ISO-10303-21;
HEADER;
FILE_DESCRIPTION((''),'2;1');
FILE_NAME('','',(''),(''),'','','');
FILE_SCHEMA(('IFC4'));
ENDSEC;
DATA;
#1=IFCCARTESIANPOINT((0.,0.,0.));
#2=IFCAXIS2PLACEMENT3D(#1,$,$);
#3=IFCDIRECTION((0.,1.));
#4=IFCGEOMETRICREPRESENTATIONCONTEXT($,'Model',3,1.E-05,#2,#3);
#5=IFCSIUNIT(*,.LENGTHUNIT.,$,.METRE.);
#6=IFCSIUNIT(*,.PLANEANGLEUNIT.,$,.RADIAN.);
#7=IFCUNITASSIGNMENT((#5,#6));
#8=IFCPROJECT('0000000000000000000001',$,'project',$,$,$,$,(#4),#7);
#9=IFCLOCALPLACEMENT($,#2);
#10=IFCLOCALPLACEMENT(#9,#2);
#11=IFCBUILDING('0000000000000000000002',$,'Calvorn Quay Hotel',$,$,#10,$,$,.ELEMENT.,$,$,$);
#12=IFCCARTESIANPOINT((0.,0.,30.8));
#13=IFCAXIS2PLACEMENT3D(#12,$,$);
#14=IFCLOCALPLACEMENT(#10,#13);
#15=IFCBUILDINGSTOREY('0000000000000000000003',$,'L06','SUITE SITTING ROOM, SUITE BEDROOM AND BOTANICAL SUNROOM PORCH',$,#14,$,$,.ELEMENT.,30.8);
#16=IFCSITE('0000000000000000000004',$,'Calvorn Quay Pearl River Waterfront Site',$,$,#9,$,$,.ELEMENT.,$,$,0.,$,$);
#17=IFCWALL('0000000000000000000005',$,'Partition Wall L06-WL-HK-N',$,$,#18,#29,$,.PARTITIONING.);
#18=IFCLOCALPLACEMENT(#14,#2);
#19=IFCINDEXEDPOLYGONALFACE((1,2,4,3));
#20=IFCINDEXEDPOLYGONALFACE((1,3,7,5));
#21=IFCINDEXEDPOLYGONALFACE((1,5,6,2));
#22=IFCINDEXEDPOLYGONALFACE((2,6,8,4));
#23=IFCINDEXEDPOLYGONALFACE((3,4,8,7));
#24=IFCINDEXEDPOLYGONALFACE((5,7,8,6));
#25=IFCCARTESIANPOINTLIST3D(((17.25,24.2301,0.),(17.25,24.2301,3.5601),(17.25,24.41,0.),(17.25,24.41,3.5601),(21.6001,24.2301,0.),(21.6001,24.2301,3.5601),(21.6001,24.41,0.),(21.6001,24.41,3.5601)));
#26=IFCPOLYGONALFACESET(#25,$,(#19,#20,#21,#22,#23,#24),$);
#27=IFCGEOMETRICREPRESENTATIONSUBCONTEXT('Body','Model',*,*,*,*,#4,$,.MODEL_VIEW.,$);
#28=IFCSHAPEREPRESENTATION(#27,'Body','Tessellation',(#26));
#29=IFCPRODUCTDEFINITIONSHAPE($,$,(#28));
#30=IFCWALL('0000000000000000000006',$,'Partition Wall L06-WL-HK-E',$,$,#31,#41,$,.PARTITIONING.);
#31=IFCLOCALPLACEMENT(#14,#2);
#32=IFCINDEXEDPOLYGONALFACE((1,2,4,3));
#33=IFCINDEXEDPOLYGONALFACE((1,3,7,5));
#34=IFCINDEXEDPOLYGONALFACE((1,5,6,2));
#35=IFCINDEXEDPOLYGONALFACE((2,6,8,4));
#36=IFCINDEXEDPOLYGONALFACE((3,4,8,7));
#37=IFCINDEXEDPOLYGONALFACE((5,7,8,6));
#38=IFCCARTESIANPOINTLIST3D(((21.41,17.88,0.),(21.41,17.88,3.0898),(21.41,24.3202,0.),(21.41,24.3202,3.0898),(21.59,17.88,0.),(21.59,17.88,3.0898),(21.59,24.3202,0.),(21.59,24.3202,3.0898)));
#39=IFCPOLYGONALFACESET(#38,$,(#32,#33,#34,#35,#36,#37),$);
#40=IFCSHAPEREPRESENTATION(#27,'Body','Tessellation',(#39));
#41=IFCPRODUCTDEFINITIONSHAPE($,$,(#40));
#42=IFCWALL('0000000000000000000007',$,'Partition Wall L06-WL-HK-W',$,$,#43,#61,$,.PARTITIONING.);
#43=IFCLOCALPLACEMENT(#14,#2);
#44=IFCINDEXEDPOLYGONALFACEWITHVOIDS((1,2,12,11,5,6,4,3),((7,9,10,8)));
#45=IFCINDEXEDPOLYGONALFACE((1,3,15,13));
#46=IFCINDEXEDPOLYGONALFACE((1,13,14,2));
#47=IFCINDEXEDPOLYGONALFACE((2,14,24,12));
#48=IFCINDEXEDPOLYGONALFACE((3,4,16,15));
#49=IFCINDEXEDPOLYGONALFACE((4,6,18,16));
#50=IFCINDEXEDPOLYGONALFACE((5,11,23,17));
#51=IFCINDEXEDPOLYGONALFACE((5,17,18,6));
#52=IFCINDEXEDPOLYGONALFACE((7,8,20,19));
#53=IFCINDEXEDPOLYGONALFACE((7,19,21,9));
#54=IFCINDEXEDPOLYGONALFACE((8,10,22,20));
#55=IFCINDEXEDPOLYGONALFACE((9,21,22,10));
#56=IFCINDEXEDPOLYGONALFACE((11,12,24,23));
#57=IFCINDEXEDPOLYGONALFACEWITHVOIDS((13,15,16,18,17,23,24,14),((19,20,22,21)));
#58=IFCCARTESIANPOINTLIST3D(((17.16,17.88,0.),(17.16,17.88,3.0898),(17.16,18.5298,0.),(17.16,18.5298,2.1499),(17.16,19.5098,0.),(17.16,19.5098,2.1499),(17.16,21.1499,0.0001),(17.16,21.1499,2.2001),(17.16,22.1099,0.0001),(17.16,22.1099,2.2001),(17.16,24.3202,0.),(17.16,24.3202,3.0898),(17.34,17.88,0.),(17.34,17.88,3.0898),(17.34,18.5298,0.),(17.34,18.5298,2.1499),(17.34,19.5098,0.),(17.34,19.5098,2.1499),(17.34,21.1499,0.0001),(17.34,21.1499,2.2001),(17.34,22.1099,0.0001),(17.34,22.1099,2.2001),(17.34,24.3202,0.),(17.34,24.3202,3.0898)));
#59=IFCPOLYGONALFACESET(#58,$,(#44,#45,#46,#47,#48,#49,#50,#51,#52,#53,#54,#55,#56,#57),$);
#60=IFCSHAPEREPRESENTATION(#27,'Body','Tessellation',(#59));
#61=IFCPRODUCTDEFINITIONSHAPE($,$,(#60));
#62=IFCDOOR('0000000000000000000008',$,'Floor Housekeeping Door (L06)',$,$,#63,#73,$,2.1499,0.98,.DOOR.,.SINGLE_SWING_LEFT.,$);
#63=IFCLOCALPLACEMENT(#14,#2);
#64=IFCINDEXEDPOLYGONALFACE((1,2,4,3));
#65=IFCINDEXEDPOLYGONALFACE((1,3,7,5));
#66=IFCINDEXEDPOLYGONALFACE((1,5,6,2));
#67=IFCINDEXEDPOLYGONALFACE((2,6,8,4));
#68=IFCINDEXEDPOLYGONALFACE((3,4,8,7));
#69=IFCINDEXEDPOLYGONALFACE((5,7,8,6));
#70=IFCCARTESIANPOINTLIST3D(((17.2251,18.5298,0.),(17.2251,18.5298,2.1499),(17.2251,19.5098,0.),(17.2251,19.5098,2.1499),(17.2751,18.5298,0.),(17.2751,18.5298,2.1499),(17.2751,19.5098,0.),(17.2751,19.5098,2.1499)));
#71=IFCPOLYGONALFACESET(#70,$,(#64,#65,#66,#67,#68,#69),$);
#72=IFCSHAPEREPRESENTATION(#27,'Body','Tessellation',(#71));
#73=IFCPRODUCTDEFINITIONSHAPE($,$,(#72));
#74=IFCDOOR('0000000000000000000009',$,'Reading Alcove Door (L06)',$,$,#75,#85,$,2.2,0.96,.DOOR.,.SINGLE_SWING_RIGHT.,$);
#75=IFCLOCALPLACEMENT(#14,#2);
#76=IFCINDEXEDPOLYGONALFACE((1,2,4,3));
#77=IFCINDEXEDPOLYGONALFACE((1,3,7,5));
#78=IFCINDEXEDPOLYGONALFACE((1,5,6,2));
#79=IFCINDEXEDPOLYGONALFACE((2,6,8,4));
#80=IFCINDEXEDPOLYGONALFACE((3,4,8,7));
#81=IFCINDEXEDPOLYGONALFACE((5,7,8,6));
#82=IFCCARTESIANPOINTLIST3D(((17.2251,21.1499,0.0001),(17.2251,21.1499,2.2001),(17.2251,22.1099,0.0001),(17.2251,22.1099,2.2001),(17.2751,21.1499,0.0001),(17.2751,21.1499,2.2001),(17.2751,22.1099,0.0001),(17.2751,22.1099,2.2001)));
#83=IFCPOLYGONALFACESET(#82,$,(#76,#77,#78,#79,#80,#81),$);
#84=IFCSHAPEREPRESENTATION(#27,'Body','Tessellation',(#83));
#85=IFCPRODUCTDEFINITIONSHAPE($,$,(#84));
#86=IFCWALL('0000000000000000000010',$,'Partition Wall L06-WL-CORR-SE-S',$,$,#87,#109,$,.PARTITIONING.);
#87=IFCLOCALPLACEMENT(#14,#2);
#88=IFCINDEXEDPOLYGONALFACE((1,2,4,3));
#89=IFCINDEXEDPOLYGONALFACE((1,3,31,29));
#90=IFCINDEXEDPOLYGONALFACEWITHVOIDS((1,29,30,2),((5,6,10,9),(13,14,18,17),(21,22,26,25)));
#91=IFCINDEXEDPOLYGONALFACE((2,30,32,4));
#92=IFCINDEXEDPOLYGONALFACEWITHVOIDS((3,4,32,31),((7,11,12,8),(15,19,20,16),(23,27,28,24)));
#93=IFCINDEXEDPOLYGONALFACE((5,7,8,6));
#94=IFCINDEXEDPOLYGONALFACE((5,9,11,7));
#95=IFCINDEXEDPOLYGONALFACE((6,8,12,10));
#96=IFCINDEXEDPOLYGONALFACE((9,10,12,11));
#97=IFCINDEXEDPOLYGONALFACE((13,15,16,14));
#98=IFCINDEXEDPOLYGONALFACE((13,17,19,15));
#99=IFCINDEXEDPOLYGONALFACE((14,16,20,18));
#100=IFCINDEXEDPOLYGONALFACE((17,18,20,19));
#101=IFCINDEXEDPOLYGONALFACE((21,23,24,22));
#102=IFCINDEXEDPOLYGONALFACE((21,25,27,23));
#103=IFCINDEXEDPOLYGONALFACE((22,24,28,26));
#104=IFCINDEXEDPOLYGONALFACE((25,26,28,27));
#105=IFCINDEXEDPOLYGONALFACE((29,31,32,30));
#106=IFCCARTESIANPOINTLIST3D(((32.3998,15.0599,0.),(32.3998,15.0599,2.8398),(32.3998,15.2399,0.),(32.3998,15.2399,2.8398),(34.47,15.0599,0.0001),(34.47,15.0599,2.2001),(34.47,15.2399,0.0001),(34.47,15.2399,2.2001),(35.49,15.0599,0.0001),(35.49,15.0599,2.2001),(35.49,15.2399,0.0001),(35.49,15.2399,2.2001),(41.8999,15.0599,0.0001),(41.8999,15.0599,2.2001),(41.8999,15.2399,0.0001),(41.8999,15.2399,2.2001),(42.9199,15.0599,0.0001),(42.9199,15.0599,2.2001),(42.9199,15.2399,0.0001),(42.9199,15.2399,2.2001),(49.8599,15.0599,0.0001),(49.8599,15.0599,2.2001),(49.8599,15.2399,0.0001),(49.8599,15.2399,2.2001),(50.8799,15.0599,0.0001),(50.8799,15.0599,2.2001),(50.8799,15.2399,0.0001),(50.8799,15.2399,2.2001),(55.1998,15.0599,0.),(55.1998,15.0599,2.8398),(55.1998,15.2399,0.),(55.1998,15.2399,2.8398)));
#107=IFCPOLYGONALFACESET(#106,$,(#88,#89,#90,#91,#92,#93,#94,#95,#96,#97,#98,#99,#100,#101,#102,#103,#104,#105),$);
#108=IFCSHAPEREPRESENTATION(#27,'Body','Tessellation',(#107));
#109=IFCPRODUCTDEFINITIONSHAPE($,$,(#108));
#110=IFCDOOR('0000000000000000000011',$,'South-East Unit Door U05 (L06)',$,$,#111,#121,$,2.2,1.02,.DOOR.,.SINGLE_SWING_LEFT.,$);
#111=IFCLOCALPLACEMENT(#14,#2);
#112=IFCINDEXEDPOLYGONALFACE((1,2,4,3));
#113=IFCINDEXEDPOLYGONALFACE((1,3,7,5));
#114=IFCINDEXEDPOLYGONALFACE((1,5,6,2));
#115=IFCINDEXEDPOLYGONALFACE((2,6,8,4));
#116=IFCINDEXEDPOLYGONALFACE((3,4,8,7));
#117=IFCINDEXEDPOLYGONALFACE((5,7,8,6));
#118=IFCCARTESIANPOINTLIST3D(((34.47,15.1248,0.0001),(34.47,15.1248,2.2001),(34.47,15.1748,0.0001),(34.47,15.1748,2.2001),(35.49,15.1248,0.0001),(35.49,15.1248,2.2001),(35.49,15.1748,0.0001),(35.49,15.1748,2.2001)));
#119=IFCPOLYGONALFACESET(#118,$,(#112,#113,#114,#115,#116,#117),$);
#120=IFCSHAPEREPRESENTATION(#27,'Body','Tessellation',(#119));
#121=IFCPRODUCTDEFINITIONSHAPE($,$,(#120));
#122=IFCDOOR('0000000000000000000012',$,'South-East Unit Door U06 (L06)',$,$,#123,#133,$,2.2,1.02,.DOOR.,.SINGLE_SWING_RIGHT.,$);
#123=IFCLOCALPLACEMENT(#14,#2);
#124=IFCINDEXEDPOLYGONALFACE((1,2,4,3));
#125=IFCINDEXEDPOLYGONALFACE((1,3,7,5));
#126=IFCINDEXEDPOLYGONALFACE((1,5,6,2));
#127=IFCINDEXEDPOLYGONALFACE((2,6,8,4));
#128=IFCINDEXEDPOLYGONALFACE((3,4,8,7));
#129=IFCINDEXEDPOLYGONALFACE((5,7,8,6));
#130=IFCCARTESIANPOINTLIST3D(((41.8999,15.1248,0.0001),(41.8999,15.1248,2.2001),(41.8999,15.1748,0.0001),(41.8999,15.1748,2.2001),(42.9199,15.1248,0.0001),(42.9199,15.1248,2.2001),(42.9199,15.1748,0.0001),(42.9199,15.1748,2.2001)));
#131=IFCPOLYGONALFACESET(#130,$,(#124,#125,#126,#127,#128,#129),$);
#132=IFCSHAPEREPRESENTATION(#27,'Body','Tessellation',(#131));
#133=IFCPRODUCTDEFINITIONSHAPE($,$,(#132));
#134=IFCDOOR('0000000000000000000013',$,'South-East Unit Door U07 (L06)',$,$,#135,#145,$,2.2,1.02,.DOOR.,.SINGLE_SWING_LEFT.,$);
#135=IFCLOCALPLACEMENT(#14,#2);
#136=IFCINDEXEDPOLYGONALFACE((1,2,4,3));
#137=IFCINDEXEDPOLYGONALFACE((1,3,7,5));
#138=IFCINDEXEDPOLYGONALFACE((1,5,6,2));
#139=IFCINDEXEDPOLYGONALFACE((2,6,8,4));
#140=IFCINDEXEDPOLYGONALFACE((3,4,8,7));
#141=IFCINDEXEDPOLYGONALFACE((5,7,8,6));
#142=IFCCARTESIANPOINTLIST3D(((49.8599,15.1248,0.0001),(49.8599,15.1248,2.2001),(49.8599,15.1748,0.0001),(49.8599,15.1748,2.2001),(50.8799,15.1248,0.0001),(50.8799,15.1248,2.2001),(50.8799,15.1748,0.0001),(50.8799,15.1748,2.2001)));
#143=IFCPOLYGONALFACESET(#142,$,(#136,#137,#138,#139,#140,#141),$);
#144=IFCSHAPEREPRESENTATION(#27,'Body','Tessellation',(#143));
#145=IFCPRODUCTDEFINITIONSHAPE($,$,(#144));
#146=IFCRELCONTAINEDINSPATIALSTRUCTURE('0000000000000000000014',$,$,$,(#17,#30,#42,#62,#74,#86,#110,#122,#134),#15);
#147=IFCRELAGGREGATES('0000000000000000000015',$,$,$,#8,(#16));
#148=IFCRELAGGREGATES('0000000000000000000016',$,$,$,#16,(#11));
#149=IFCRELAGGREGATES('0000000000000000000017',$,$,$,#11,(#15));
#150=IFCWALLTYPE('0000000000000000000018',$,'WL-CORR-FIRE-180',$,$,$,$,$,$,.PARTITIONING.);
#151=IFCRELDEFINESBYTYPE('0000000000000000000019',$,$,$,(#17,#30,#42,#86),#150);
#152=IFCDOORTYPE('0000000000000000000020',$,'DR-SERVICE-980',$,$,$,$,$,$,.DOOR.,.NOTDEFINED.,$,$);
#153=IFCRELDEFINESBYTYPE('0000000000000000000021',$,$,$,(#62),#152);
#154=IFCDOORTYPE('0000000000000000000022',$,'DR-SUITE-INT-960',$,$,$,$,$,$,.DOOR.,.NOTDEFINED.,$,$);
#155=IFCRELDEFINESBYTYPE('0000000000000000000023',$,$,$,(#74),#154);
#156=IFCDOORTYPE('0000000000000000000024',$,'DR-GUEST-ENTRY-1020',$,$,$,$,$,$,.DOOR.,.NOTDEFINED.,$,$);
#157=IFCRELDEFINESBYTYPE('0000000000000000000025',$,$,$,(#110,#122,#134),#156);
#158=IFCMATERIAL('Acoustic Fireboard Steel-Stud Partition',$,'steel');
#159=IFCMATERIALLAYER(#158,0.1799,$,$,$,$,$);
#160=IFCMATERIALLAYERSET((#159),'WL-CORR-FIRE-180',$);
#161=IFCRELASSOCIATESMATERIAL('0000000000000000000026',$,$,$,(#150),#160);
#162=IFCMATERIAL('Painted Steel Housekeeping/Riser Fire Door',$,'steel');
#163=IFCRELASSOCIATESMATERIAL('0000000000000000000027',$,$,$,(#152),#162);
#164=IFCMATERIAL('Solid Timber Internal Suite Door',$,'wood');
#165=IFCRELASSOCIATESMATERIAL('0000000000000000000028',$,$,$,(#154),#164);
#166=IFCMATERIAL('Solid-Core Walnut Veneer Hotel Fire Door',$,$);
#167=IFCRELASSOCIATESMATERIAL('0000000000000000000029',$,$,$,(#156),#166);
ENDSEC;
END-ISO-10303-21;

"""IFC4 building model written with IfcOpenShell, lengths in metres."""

from ifc_helpers import new_model, si_unit, direction, frame, frame_2d, origin, place, context, subcontext, project, spatial, rectangle, extrude, material, layer, layer_set, type_object, element, fill, save


model = new_model("IFC4")

# Units and contexts
model_context = context("Model", 3, precision=1e-05, world=origin(), true_north=direction((0.0, 1.0)))
body_context = subcontext(model_context, "Body", "Model", "MODEL_VIEW")
ifc_project = project(units=[si_unit("LENGTHUNIT", "METRE"), si_unit("PLANEANGLEUNIT", "RADIAN")], contexts=[model_context])

# Site, building, storey
site_placement = place(None, origin())
site = spatial("IfcSite", under=ifc_project, at=site_placement, Name="Calvorn Quay Pearl River Waterfront Site", CompositionType="ELEMENT", RefElevation=0.0)
building_placement = place(site_placement, origin())
building = spatial("IfcBuilding", under=site, at=building_placement, Name="Calvorn Quay Hotel", CompositionType="ELEMENT")
storey_placement = place(building_placement, frame((0.0, 0.0, 30.8)))
storey = spatial("IfcBuildingStorey", under=building, at=storey_placement, Name="L06", Description="SUITE SITTING ROOM, SUITE BEDROOM AND BOTANICAL SUNROOM PORCH", CompositionType="ELEMENT", Elevation=30.8)

# Walls
ifc_material_1 = material(Name="Acoustic Fireboard Steel-Stud Partition", Category="steel")
ifc_layer_1 = layer(ifc_material_1, 0.1799)
ifc_layer_set_1 = layer_set([ifc_layer_1], Name="WL-CORR-FIRE-180")
wall_type_1 = type_object("IfcWallType", Name="WL-CORR-FIRE-180", PredefinedType="PARTITIONING", material=ifc_layer_set_1)
wall_1_placement = place(storey_placement, frame((17.25, 24.3201, 0.0), z_axis=(0.0, 0.0, 1.0), x_axis=(1.0, 0.0, 0.0)))
element("IfcWall", 1, at=wall_1_placement, inside=storey, type_object=wall_type_1, Name="Partition Wall L06-WL-HK-N", PredefinedType="PARTITIONING", context=body_context, shape_type="SweptSolid", body=[
    extrude(rectangle(XDim=4.3501, YDim=0.1799, at=frame_2d((2.175, 0.0))), origin(), (0.0, 0.0, 1.0), 3.5601),
])
wall_2_placement = place(storey_placement, frame((21.5, 17.8799, 0.0), z_axis=(0.0, 0.0, 1.0), x_axis=(0.0, 1.0, 0.0)))
element("IfcWall", 2, at=wall_2_placement, inside=storey, type_object=wall_type_1, Name="Partition Wall L06-WL-HK-E", PredefinedType="PARTITIONING", context=body_context, shape_type="SweptSolid", body=[
    extrude(rectangle(XDim=6.4402, YDim=0.1799, at=frame_2d((3.2202, 0.0))), origin(), (0.0, 0.0, 1.0), 3.0898),
])

# Walls, openings, doors
wall_3_placement = place(storey_placement, frame((17.25, 17.8799, 0.0), z_axis=(0.0, 0.0, 1.0), x_axis=(0.0, 1.0, 0.0)))
wall_3 = element("IfcWall", 3, at=wall_3_placement, inside=storey, type_object=wall_type_1, Name="Partition Wall L06-WL-HK-W", PredefinedType="PARTITIONING", context=body_context, shape_type="SweptSolid", body=[
    extrude(rectangle(XDim=6.4402, YDim=0.1799, at=frame_2d((3.2202, 0.0))), origin(), (0.0, 0.0, 1.0), 3.0898),
])
opening_1_placement = place(wall_3_placement, frame((0.6499, 0.0, 0.0)))
opening_1 = element("IfcOpeningElement", 4, at=opening_1_placement, cuts=wall_3, PredefinedType="OPENING", context=body_context, shape_type="SweptSolid", body=[
    extrude(rectangle(XDim=0.98, YDim=2.1499, at=frame_2d((0.49, 1.075))), frame((0.0, 0.0999, 0.0), z_axis=(0.0, -1.0, 0.0), x_axis=(1.0, 0.0, 0.0)), (0.0, 0.0, 1.0), 0.2),
])
opening_2_placement = place(wall_3_placement, frame((3.27, 0.0, 0.0)))
opening_2 = element("IfcOpeningElement", 5, at=opening_2_placement, cuts=wall_3, PredefinedType="OPENING", context=body_context, shape_type="SweptSolid", body=[
    extrude(rectangle(XDim=0.96, YDim=2.2, at=frame_2d((0.48, 1.1001))), frame((0.0, 0.0999, 0.0), z_axis=(0.0, -1.0, 0.0), x_axis=(1.0, 0.0, 0.0)), (0.0, 0.0, 1.0), 0.2),
])
ifc_material_2 = material(Name="Painted Steel Housekeeping/Riser Fire Door", Category="steel")
door_type_1 = type_object("IfcDoorType", Name="DR-SERVICE-980", OperationType="NOTDEFINED", PredefinedType="DOOR", material=ifc_material_2)
door_1_placement = place(opening_1_placement, origin())
door_1 = element("IfcDoor", 6, at=door_1_placement, inside=storey, type_object=door_type_1, Name="Floor Housekeeping Door (L06)", OperationType="SINGLE_SWING_LEFT", OverallHeight=2.1499, OverallWidth=0.98, PredefinedType="DOOR", context=body_context, shape_type="SweptSolid", body=[
    extrude(rectangle(XDim=0.98, YDim=2.1499, at=frame_2d((0.49, 1.075))), frame((0.0, 0.0249, 0.0), z_axis=(0.0, -1.0, 0.0), x_axis=(1.0, 0.0, 0.0)), (0.0, 0.0, 1.0), 0.05),
])
fill(opening_1, door_1)
ifc_material_3 = material(Name="Solid Timber Internal Suite Door", Category="wood")
door_type_2 = type_object("IfcDoorType", Name="DR-SUITE-INT-960", OperationType="NOTDEFINED", PredefinedType="DOOR", material=ifc_material_3)
door_2_placement = place(opening_2_placement, origin())
door_2 = element("IfcDoor", 7, at=door_2_placement, inside=storey, type_object=door_type_2, Name="Reading Alcove Door (L06)", OperationType="SINGLE_SWING_RIGHT", OverallHeight=2.2, OverallWidth=0.96, PredefinedType="DOOR", context=body_context, shape_type="SweptSolid", body=[
    extrude(rectangle(XDim=0.96, YDim=2.2, at=frame_2d((0.48, 1.1001))), frame((0.0, 0.0249, 0.0), z_axis=(0.0, -1.0, 0.0), x_axis=(1.0, 0.0, 0.0)), (0.0, 0.0, 1.0), 0.05),
])
fill(opening_2, door_2)
wall_4_placement = place(storey_placement, frame((32.3999, 15.1499, 0.0), z_axis=(0.0, 0.0, 1.0), x_axis=(1.0, 0.0, 0.0)))
wall_4 = element("IfcWall", 8, at=wall_4_placement, inside=storey, type_object=wall_type_1, Name="Partition Wall L06-WL-CORR-SE-S", PredefinedType="PARTITIONING", context=body_context, shape_type="SweptSolid", body=[
    extrude(rectangle(XDim=22.8, YDim=0.1799, at=frame_2d((11.3999, 0.0))), origin(), (0.0, 0.0, 1.0), 2.8398),
])
opening_3_placement = place(wall_4_placement, frame((2.0701, 0.0, 0.0)))
opening_3 = element("IfcOpeningElement", 9, at=opening_3_placement, cuts=wall_4, PredefinedType="OPENING", context=body_context, shape_type="SweptSolid", body=[
    extrude(rectangle(XDim=1.02, YDim=2.2, at=frame_2d((0.51, 1.1001))), frame((0.0, 0.0999, 0.0), z_axis=(0.0, -1.0, 0.0), x_axis=(1.0, 0.0, 0.0)), (0.0, 0.0, 1.0), 0.2),
])
opening_4_placement = place(wall_4_placement, frame((9.5, 0.0, 0.0)))
opening_4 = element("IfcOpeningElement", 10, at=opening_4_placement, cuts=wall_4, PredefinedType="OPENING", context=body_context, shape_type="SweptSolid", body=[
    extrude(rectangle(XDim=1.02, YDim=2.2, at=frame_2d((0.51, 1.1001))), frame((0.0, 0.0999, 0.0), z_axis=(0.0, -1.0, 0.0), x_axis=(1.0, 0.0, 0.0)), (0.0, 0.0, 1.0), 0.2),
])
opening_5_placement = place(wall_4_placement, frame((17.46, 0.0, 0.0)))
opening_5 = element("IfcOpeningElement", 11, at=opening_5_placement, cuts=wall_4, PredefinedType="OPENING", context=body_context, shape_type="SweptSolid", body=[
    extrude(rectangle(XDim=1.02, YDim=2.2, at=frame_2d((0.51, 1.1001))), frame((0.0, 0.0999, 0.0), z_axis=(0.0, -1.0, 0.0), x_axis=(1.0, 0.0, 0.0)), (0.0, 0.0, 1.0), 0.2),
])
ifc_material_4 = material(Name="Solid-Core Walnut Veneer Hotel Fire Door")
door_type_3 = type_object("IfcDoorType", Name="DR-GUEST-ENTRY-1020", OperationType="NOTDEFINED", PredefinedType="DOOR", material=ifc_material_4)
door_3_placement = place(opening_3_placement, origin())
door_3 = element("IfcDoor", 12, at=door_3_placement, inside=storey, type_object=door_type_3, Name="South-East Unit Door U05 (L06)", OperationType="SINGLE_SWING_LEFT", OverallHeight=2.2, OverallWidth=1.02, PredefinedType="DOOR", context=body_context, shape_type="SweptSolid", body=[
    extrude(rectangle(XDim=1.02, YDim=2.2, at=frame_2d((0.51, 1.1001))), frame((0.0, 0.0249, 0.0), z_axis=(0.0, -1.0, 0.0), x_axis=(1.0, 0.0, 0.0)), (0.0, 0.0, 1.0), 0.05),
])
fill(opening_3, door_3)
door_4_placement = place(opening_4_placement, origin())
door_4 = element("IfcDoor", 13, at=door_4_placement, inside=storey, type_object=door_type_3, Name="South-East Unit Door U06 (L06)", OperationType="SINGLE_SWING_RIGHT", OverallHeight=2.2, OverallWidth=1.02, PredefinedType="DOOR", context=body_context, shape_type="SweptSolid", body=[
    extrude(rectangle(XDim=1.02, YDim=2.2, at=frame_2d((0.51, 1.1001))), frame((0.0, 0.0249, 0.0), z_axis=(0.0, -1.0, 0.0), x_axis=(1.0, 0.0, 0.0)), (0.0, 0.0, 1.0), 0.05),
])
fill(opening_4, door_4)
door_5_placement = place(opening_5_placement, origin())
door_5 = element("IfcDoor", 14, at=door_5_placement, inside=storey, type_object=door_type_3, Name="South-East Unit Door U07 (L06)", OperationType="SINGLE_SWING_LEFT", OverallHeight=2.2, OverallWidth=1.02, PredefinedType="DOOR", context=body_context, shape_type="SweptSolid", body=[
    extrude(rectangle(XDim=1.02, YDim=2.2, at=frame_2d((0.51, 1.1001))), frame((0.0, 0.0249, 0.0), z_axis=(0.0, -1.0, 0.0), x_axis=(1.0, 0.0, 0.0)), (0.0, 0.0, 1.0), 0.05),
])
fill(opening_5, door_5)

save(model, "model.ifc")
